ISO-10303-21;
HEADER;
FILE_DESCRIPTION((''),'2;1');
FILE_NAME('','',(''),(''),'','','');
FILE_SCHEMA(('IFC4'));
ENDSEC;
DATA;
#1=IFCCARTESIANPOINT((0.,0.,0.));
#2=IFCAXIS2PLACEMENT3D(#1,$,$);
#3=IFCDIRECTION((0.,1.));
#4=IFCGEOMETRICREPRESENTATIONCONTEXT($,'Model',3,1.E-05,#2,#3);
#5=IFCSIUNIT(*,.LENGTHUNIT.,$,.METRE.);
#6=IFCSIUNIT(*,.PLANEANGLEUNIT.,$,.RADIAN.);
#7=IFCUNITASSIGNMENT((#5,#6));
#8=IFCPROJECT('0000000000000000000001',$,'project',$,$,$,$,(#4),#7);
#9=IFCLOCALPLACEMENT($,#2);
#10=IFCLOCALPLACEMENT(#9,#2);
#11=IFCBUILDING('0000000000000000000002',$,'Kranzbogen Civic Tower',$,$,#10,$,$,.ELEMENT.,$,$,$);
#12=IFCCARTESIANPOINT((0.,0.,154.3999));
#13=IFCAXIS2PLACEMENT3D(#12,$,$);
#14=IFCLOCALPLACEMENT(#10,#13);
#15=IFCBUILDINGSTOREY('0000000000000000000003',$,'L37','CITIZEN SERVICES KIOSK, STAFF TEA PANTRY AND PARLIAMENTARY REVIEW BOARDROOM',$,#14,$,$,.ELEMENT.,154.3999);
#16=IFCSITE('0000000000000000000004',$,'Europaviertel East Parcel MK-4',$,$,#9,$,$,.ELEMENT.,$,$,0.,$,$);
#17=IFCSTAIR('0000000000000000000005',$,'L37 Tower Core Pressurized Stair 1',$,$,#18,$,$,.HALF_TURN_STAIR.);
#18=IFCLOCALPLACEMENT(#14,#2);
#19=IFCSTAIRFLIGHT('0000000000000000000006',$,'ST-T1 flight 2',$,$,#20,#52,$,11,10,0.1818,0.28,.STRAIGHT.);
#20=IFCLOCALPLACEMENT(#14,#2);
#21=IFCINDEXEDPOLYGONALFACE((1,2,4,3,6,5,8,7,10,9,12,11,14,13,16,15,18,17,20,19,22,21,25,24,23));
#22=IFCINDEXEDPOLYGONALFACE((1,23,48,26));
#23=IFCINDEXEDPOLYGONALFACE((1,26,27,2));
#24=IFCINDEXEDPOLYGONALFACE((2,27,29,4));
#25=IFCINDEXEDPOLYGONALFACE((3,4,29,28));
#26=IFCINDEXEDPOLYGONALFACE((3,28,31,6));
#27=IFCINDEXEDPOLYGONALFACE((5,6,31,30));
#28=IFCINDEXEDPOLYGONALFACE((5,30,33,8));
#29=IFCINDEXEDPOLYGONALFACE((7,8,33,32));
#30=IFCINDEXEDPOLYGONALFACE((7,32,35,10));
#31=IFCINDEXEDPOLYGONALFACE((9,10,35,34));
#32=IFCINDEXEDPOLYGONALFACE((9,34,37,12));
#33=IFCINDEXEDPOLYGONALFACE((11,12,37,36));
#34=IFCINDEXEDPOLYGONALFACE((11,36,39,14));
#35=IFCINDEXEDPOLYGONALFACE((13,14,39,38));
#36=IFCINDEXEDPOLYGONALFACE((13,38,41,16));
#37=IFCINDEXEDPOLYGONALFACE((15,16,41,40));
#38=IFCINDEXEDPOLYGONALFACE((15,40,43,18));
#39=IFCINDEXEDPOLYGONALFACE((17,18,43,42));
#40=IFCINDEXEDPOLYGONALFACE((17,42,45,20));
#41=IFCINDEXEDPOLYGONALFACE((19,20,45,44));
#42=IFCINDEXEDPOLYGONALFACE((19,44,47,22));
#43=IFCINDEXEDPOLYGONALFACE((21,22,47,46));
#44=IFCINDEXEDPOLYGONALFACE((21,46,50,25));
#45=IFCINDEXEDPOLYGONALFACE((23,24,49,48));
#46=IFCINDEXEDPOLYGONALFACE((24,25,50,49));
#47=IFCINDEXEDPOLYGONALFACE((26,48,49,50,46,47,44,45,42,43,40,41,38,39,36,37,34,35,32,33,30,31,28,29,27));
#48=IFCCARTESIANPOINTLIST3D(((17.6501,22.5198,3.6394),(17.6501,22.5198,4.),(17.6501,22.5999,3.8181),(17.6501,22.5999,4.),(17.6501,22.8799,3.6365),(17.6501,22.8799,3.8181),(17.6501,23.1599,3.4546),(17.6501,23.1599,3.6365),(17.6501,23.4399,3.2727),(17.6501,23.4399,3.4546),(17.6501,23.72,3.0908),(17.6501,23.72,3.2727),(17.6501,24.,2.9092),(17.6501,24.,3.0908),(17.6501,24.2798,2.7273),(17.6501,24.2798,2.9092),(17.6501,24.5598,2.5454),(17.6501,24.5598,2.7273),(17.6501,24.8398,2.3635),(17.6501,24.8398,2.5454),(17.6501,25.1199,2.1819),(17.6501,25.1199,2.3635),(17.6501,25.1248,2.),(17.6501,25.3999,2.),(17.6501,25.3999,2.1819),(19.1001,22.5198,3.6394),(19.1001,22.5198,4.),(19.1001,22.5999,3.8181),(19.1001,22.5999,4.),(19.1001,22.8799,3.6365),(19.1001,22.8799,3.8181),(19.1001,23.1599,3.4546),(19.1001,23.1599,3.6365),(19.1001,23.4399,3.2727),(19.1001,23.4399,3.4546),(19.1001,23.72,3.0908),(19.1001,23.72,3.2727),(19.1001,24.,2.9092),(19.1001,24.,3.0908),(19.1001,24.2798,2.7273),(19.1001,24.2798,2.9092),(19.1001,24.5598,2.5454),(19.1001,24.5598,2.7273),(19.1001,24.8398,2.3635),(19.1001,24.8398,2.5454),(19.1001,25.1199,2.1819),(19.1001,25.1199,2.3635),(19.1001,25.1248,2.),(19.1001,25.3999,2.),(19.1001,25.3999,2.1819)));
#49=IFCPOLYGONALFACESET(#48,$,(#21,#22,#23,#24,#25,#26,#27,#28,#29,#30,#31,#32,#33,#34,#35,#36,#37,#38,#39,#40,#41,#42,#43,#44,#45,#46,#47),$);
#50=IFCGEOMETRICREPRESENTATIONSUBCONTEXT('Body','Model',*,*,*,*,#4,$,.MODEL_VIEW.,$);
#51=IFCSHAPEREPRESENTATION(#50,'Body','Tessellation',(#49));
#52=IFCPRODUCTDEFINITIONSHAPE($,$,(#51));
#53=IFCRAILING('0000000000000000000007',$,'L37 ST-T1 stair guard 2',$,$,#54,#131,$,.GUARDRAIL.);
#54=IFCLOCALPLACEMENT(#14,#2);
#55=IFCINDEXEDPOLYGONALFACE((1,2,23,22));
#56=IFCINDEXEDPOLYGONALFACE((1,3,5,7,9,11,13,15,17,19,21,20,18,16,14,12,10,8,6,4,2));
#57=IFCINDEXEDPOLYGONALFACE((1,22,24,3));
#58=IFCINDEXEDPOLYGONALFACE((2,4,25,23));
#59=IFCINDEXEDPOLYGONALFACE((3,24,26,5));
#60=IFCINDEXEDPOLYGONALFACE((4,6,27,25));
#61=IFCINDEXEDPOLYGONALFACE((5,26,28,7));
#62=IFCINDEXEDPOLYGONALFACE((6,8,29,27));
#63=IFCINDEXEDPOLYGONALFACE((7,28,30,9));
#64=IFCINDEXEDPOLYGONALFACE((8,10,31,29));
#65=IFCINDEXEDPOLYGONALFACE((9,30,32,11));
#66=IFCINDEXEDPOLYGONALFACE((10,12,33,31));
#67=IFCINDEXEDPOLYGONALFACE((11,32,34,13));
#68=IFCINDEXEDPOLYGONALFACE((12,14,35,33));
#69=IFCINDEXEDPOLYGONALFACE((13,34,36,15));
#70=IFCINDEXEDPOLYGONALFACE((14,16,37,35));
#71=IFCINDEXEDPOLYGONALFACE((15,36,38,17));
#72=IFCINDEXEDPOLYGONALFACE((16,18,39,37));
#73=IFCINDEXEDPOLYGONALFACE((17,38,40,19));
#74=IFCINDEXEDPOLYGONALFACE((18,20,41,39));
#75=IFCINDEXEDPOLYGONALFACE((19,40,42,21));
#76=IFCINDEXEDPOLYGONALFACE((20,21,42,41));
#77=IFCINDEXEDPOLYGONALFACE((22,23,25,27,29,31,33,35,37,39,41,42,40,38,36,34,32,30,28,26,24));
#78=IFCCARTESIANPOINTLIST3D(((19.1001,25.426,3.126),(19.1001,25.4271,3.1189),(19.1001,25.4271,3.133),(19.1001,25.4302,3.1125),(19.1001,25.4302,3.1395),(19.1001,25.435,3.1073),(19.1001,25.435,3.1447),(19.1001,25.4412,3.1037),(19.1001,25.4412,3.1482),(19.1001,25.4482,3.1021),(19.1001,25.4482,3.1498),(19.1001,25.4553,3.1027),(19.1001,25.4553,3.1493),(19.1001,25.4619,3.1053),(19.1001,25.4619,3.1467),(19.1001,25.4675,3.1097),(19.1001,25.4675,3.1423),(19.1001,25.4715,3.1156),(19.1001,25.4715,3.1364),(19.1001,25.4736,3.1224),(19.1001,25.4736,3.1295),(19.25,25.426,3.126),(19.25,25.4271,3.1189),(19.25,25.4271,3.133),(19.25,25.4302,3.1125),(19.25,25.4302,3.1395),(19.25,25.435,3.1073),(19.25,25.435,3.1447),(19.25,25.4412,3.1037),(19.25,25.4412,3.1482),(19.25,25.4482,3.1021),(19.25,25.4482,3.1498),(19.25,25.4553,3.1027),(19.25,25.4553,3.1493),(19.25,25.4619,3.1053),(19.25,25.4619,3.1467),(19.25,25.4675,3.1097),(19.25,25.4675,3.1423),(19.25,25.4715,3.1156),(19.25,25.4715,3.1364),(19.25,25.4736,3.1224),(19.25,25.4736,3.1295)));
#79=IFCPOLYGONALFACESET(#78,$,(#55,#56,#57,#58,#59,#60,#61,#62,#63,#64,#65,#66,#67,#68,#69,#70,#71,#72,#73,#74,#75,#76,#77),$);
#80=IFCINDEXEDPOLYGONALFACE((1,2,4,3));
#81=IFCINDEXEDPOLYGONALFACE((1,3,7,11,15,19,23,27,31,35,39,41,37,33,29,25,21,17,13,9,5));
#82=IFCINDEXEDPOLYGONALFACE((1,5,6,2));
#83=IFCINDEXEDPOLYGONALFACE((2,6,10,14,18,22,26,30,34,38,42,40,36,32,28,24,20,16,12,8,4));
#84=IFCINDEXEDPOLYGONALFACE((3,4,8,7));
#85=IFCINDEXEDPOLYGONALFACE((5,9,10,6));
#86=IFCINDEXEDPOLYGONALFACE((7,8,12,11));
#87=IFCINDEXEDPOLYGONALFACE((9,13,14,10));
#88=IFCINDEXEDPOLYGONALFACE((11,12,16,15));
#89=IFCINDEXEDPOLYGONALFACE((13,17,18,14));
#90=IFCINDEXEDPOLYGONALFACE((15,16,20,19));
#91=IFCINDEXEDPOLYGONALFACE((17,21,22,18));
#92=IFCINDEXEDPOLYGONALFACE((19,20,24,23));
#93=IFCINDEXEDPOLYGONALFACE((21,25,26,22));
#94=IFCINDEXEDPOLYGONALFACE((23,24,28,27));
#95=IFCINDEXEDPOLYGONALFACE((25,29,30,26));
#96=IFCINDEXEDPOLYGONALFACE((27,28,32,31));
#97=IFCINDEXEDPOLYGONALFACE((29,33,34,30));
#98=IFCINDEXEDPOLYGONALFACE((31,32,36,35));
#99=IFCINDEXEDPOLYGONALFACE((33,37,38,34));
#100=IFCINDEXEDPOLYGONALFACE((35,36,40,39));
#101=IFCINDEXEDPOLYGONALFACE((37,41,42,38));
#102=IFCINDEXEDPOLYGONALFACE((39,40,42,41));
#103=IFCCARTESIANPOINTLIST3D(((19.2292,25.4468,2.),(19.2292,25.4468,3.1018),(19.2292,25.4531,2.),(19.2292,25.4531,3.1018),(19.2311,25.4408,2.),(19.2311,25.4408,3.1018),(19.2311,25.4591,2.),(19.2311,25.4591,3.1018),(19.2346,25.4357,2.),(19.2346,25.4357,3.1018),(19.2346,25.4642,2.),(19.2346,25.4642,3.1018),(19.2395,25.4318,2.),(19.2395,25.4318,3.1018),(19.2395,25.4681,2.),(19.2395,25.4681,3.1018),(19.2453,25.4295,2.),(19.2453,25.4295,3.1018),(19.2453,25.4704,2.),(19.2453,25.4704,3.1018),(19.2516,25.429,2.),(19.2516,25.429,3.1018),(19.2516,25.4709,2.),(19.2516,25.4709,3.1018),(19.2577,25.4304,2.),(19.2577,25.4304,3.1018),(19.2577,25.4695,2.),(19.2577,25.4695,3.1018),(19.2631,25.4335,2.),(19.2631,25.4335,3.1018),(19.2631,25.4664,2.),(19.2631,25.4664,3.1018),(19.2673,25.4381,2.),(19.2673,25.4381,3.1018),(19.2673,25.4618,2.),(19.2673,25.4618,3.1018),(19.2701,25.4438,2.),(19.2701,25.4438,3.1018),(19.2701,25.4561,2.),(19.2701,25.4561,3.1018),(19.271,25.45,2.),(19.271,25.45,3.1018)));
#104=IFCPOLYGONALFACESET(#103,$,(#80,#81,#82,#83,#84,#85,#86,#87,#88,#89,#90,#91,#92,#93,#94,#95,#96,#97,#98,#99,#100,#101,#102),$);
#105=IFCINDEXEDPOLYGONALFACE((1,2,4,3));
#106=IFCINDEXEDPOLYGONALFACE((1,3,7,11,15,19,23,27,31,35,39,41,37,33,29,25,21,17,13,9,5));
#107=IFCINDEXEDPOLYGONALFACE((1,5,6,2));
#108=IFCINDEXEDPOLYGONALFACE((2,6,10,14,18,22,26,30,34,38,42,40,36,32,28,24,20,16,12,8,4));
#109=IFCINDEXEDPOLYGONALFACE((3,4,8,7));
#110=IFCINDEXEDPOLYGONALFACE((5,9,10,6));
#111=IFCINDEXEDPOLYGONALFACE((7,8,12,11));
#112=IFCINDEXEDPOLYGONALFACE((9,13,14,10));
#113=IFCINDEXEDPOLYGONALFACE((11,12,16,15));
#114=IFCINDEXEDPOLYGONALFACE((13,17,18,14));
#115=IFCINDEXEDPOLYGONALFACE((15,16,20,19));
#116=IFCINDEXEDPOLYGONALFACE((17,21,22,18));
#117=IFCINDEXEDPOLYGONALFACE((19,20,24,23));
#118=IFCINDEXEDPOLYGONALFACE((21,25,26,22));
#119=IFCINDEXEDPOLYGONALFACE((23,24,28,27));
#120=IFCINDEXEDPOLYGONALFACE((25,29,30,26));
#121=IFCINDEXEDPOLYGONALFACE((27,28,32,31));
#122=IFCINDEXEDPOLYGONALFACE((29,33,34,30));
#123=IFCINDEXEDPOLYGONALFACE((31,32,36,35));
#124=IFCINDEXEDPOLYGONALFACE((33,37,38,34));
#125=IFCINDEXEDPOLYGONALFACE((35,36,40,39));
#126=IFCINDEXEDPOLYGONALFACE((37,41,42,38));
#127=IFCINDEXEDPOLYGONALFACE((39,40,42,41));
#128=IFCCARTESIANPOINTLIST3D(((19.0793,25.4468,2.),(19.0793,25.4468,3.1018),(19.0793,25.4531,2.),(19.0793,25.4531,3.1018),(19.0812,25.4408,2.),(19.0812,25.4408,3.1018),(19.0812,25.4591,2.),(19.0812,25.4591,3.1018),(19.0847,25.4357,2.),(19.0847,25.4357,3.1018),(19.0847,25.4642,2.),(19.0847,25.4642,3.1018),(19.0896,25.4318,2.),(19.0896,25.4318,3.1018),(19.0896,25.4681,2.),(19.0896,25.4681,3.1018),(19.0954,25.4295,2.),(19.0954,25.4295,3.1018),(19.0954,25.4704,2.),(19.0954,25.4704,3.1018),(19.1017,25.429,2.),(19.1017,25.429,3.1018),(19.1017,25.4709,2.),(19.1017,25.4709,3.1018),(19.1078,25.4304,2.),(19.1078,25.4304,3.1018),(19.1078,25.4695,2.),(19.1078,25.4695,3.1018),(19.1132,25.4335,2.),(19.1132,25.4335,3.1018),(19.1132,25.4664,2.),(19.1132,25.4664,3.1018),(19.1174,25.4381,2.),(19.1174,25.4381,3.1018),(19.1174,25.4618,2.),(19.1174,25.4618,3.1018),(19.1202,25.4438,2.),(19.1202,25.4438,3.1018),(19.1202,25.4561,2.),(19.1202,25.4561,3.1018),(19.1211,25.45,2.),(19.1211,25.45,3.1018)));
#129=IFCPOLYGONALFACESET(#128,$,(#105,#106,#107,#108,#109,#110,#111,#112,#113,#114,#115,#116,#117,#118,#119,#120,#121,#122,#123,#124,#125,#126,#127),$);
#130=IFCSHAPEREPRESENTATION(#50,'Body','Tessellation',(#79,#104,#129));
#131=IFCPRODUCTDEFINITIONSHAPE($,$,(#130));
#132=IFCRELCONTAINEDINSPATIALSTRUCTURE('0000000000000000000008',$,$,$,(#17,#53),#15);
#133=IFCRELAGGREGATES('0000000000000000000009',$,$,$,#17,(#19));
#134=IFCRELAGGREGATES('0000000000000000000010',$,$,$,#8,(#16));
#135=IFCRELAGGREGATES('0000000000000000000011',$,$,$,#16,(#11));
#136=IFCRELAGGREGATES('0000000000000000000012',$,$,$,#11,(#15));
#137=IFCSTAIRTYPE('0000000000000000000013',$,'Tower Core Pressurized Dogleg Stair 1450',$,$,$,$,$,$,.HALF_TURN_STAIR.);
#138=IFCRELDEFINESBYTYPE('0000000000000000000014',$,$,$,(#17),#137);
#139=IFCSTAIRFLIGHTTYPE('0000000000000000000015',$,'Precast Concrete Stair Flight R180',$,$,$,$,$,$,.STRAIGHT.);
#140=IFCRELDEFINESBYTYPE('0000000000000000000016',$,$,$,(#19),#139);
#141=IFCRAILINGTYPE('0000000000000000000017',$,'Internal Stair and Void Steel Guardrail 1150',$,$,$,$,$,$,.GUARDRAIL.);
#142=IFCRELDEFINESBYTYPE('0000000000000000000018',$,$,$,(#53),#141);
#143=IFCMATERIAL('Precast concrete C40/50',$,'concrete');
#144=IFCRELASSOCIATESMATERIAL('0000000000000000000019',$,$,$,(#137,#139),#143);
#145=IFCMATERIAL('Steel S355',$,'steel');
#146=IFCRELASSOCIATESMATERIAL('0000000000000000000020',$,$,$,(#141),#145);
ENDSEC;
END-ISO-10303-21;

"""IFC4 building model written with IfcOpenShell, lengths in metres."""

from ifc_helpers import new_model, si_unit, direction, frame, origin, origin_2d, place, context, subcontext, project, spatial, polyline, circle, outline, extrude, material, type_object, element, aggregate, save


model = new_model("IFC4")

# Units and contexts
model_context = context("Model", 3, precision=1e-05, world=origin(), true_north=direction((0.0, 1.0)))
body_context = subcontext(model_context, "Body", "Model", "MODEL_VIEW")
ifc_project = project(units=[si_unit("LENGTHUNIT", "METRE"), si_unit("PLANEANGLEUNIT", "RADIAN")], contexts=[model_context])

# Site, building, storey
site_placement = place(None, origin())
site = spatial("IfcSite", under=ifc_project, at=site_placement, Name="Europaviertel East Parcel MK-4", CompositionType="ELEMENT", RefElevation=0.0)
building_placement = place(site_placement, origin())
building = spatial("IfcBuilding", under=site, at=building_placement, Name="Kranzbogen Civic Tower", CompositionType="ELEMENT")
storey_placement = place(building_placement, frame((0.0, 0.0, 154.3999)))
storey = spatial("IfcBuildingStorey", under=building, at=storey_placement, Name="L37", Description="CITIZEN SERVICES KIOSK, STAFF TEA PANTRY AND PARLIAMENTARY REVIEW BOARDROOM", CompositionType="ELEMENT", Elevation=154.3999)

# Shared definitions
ifc_material_1 = material(Name="Steel S355", Category="steel")

# Stair, stair flight
ifc_material_2 = material(Name="Precast concrete C40/50", Category="concrete")
stair_type = type_object("IfcStairType", Name="Tower Core Pressurized Dogleg Stair 1450", PredefinedType="HALF_TURN_STAIR", material=ifc_material_2)
stair_placement = place(storey_placement, origin())
stair = element("IfcStair", 1, at=stair_placement, inside=storey, type_object=stair_type, Name="L37 Tower Core Pressurized Stair 1", PredefinedType="HALF_TURN_STAIR")
stair_flight_type = type_object("IfcStairFlightType", Name="Precast Concrete Stair Flight R180", PredefinedType="STRAIGHT", material=ifc_material_2)
stair_flight_placement = place(storey_placement, frame((18.375, 25.3999, 2.0), z_axis=(0.0, 0.0, 1.0), x_axis=(0.0, -1.0, 0.0)))
stair_flight = element("IfcStairFlight", 2, at=stair_flight_placement, type_object=stair_flight_type, Name="ST-T1 flight 2", NumberOfRisers=11, NumberOfTreads=10, PredefinedType="STRAIGHT", RiserHeight=0.1818, TreadLength=0.28, context=body_context, shape_type="SweptSolid", body=[
    extrude(outline(polyline([(0.0, 0.0), (0.0, 0.1819), (0.28, 0.1819), (0.28, 0.3635), (0.5601, 0.3635), (0.5601, 0.5454), (0.8401, 0.5454), (0.8401, 0.7273), (1.1201, 0.7273), (1.1201, 0.9092), (1.3999, 0.9092), (1.3999, 1.0908), (1.6799, 1.0908), (1.6799, 1.2727), (1.96, 1.2727), (1.96, 1.4546), (2.24, 1.4546), (2.24, 1.6365), (2.52, 1.6365), (2.52, 1.8181), (2.8, 1.8181), (2.8, 2.0), (2.8801, 2.0), (2.8801, 1.6394), (0.2751, 0.0), (0.0, 0.0)])), frame((0.0, 0.7251, 0.0), z_axis=(0.0, -1.0, 0.0), x_axis=(1.0, 0.0, 0.0)), (0.0, 0.0, 1.0), 1.45),
])
aggregate(stair, [stair_flight])

# Railing
railing_type_1 = type_object("IfcRailingType", Name="Internal Stair and Void Steel Guardrail 1150", PredefinedType="GUARDRAIL", material=ifc_material_1)
railing_1_placement = place(storey_placement, frame((19.25, 25.45, 2.0)))
element("IfcRailing", 3, at=railing_1_placement, inside=storey, type_object=railing_type_1, Name="L37 ST-T1 stair guard 2", PredefinedType="GUARDRAIL", context=body_context, shape_type="SweptSolid", body=[
    extrude(circle(Radius=0.0239, at=origin_2d()), frame((0.0, 0.0, 1.126), z_axis=(-1.0, 0.0, 0.0), x_axis=(0.0, -1.0, 0.0)), (0.0, 0.0, 1.0), 0.1499),
    extrude(circle(Radius=0.021, at=origin_2d()), origin(), (0.0, 0.0, 1.0), 1.1018),
    extrude(circle(Radius=0.021, at=origin_2d()), frame((-0.1499, 0.0, 0.0)), (0.0, 0.0, 1.0), 1.1018),
])

save(model, "model.ifc")
